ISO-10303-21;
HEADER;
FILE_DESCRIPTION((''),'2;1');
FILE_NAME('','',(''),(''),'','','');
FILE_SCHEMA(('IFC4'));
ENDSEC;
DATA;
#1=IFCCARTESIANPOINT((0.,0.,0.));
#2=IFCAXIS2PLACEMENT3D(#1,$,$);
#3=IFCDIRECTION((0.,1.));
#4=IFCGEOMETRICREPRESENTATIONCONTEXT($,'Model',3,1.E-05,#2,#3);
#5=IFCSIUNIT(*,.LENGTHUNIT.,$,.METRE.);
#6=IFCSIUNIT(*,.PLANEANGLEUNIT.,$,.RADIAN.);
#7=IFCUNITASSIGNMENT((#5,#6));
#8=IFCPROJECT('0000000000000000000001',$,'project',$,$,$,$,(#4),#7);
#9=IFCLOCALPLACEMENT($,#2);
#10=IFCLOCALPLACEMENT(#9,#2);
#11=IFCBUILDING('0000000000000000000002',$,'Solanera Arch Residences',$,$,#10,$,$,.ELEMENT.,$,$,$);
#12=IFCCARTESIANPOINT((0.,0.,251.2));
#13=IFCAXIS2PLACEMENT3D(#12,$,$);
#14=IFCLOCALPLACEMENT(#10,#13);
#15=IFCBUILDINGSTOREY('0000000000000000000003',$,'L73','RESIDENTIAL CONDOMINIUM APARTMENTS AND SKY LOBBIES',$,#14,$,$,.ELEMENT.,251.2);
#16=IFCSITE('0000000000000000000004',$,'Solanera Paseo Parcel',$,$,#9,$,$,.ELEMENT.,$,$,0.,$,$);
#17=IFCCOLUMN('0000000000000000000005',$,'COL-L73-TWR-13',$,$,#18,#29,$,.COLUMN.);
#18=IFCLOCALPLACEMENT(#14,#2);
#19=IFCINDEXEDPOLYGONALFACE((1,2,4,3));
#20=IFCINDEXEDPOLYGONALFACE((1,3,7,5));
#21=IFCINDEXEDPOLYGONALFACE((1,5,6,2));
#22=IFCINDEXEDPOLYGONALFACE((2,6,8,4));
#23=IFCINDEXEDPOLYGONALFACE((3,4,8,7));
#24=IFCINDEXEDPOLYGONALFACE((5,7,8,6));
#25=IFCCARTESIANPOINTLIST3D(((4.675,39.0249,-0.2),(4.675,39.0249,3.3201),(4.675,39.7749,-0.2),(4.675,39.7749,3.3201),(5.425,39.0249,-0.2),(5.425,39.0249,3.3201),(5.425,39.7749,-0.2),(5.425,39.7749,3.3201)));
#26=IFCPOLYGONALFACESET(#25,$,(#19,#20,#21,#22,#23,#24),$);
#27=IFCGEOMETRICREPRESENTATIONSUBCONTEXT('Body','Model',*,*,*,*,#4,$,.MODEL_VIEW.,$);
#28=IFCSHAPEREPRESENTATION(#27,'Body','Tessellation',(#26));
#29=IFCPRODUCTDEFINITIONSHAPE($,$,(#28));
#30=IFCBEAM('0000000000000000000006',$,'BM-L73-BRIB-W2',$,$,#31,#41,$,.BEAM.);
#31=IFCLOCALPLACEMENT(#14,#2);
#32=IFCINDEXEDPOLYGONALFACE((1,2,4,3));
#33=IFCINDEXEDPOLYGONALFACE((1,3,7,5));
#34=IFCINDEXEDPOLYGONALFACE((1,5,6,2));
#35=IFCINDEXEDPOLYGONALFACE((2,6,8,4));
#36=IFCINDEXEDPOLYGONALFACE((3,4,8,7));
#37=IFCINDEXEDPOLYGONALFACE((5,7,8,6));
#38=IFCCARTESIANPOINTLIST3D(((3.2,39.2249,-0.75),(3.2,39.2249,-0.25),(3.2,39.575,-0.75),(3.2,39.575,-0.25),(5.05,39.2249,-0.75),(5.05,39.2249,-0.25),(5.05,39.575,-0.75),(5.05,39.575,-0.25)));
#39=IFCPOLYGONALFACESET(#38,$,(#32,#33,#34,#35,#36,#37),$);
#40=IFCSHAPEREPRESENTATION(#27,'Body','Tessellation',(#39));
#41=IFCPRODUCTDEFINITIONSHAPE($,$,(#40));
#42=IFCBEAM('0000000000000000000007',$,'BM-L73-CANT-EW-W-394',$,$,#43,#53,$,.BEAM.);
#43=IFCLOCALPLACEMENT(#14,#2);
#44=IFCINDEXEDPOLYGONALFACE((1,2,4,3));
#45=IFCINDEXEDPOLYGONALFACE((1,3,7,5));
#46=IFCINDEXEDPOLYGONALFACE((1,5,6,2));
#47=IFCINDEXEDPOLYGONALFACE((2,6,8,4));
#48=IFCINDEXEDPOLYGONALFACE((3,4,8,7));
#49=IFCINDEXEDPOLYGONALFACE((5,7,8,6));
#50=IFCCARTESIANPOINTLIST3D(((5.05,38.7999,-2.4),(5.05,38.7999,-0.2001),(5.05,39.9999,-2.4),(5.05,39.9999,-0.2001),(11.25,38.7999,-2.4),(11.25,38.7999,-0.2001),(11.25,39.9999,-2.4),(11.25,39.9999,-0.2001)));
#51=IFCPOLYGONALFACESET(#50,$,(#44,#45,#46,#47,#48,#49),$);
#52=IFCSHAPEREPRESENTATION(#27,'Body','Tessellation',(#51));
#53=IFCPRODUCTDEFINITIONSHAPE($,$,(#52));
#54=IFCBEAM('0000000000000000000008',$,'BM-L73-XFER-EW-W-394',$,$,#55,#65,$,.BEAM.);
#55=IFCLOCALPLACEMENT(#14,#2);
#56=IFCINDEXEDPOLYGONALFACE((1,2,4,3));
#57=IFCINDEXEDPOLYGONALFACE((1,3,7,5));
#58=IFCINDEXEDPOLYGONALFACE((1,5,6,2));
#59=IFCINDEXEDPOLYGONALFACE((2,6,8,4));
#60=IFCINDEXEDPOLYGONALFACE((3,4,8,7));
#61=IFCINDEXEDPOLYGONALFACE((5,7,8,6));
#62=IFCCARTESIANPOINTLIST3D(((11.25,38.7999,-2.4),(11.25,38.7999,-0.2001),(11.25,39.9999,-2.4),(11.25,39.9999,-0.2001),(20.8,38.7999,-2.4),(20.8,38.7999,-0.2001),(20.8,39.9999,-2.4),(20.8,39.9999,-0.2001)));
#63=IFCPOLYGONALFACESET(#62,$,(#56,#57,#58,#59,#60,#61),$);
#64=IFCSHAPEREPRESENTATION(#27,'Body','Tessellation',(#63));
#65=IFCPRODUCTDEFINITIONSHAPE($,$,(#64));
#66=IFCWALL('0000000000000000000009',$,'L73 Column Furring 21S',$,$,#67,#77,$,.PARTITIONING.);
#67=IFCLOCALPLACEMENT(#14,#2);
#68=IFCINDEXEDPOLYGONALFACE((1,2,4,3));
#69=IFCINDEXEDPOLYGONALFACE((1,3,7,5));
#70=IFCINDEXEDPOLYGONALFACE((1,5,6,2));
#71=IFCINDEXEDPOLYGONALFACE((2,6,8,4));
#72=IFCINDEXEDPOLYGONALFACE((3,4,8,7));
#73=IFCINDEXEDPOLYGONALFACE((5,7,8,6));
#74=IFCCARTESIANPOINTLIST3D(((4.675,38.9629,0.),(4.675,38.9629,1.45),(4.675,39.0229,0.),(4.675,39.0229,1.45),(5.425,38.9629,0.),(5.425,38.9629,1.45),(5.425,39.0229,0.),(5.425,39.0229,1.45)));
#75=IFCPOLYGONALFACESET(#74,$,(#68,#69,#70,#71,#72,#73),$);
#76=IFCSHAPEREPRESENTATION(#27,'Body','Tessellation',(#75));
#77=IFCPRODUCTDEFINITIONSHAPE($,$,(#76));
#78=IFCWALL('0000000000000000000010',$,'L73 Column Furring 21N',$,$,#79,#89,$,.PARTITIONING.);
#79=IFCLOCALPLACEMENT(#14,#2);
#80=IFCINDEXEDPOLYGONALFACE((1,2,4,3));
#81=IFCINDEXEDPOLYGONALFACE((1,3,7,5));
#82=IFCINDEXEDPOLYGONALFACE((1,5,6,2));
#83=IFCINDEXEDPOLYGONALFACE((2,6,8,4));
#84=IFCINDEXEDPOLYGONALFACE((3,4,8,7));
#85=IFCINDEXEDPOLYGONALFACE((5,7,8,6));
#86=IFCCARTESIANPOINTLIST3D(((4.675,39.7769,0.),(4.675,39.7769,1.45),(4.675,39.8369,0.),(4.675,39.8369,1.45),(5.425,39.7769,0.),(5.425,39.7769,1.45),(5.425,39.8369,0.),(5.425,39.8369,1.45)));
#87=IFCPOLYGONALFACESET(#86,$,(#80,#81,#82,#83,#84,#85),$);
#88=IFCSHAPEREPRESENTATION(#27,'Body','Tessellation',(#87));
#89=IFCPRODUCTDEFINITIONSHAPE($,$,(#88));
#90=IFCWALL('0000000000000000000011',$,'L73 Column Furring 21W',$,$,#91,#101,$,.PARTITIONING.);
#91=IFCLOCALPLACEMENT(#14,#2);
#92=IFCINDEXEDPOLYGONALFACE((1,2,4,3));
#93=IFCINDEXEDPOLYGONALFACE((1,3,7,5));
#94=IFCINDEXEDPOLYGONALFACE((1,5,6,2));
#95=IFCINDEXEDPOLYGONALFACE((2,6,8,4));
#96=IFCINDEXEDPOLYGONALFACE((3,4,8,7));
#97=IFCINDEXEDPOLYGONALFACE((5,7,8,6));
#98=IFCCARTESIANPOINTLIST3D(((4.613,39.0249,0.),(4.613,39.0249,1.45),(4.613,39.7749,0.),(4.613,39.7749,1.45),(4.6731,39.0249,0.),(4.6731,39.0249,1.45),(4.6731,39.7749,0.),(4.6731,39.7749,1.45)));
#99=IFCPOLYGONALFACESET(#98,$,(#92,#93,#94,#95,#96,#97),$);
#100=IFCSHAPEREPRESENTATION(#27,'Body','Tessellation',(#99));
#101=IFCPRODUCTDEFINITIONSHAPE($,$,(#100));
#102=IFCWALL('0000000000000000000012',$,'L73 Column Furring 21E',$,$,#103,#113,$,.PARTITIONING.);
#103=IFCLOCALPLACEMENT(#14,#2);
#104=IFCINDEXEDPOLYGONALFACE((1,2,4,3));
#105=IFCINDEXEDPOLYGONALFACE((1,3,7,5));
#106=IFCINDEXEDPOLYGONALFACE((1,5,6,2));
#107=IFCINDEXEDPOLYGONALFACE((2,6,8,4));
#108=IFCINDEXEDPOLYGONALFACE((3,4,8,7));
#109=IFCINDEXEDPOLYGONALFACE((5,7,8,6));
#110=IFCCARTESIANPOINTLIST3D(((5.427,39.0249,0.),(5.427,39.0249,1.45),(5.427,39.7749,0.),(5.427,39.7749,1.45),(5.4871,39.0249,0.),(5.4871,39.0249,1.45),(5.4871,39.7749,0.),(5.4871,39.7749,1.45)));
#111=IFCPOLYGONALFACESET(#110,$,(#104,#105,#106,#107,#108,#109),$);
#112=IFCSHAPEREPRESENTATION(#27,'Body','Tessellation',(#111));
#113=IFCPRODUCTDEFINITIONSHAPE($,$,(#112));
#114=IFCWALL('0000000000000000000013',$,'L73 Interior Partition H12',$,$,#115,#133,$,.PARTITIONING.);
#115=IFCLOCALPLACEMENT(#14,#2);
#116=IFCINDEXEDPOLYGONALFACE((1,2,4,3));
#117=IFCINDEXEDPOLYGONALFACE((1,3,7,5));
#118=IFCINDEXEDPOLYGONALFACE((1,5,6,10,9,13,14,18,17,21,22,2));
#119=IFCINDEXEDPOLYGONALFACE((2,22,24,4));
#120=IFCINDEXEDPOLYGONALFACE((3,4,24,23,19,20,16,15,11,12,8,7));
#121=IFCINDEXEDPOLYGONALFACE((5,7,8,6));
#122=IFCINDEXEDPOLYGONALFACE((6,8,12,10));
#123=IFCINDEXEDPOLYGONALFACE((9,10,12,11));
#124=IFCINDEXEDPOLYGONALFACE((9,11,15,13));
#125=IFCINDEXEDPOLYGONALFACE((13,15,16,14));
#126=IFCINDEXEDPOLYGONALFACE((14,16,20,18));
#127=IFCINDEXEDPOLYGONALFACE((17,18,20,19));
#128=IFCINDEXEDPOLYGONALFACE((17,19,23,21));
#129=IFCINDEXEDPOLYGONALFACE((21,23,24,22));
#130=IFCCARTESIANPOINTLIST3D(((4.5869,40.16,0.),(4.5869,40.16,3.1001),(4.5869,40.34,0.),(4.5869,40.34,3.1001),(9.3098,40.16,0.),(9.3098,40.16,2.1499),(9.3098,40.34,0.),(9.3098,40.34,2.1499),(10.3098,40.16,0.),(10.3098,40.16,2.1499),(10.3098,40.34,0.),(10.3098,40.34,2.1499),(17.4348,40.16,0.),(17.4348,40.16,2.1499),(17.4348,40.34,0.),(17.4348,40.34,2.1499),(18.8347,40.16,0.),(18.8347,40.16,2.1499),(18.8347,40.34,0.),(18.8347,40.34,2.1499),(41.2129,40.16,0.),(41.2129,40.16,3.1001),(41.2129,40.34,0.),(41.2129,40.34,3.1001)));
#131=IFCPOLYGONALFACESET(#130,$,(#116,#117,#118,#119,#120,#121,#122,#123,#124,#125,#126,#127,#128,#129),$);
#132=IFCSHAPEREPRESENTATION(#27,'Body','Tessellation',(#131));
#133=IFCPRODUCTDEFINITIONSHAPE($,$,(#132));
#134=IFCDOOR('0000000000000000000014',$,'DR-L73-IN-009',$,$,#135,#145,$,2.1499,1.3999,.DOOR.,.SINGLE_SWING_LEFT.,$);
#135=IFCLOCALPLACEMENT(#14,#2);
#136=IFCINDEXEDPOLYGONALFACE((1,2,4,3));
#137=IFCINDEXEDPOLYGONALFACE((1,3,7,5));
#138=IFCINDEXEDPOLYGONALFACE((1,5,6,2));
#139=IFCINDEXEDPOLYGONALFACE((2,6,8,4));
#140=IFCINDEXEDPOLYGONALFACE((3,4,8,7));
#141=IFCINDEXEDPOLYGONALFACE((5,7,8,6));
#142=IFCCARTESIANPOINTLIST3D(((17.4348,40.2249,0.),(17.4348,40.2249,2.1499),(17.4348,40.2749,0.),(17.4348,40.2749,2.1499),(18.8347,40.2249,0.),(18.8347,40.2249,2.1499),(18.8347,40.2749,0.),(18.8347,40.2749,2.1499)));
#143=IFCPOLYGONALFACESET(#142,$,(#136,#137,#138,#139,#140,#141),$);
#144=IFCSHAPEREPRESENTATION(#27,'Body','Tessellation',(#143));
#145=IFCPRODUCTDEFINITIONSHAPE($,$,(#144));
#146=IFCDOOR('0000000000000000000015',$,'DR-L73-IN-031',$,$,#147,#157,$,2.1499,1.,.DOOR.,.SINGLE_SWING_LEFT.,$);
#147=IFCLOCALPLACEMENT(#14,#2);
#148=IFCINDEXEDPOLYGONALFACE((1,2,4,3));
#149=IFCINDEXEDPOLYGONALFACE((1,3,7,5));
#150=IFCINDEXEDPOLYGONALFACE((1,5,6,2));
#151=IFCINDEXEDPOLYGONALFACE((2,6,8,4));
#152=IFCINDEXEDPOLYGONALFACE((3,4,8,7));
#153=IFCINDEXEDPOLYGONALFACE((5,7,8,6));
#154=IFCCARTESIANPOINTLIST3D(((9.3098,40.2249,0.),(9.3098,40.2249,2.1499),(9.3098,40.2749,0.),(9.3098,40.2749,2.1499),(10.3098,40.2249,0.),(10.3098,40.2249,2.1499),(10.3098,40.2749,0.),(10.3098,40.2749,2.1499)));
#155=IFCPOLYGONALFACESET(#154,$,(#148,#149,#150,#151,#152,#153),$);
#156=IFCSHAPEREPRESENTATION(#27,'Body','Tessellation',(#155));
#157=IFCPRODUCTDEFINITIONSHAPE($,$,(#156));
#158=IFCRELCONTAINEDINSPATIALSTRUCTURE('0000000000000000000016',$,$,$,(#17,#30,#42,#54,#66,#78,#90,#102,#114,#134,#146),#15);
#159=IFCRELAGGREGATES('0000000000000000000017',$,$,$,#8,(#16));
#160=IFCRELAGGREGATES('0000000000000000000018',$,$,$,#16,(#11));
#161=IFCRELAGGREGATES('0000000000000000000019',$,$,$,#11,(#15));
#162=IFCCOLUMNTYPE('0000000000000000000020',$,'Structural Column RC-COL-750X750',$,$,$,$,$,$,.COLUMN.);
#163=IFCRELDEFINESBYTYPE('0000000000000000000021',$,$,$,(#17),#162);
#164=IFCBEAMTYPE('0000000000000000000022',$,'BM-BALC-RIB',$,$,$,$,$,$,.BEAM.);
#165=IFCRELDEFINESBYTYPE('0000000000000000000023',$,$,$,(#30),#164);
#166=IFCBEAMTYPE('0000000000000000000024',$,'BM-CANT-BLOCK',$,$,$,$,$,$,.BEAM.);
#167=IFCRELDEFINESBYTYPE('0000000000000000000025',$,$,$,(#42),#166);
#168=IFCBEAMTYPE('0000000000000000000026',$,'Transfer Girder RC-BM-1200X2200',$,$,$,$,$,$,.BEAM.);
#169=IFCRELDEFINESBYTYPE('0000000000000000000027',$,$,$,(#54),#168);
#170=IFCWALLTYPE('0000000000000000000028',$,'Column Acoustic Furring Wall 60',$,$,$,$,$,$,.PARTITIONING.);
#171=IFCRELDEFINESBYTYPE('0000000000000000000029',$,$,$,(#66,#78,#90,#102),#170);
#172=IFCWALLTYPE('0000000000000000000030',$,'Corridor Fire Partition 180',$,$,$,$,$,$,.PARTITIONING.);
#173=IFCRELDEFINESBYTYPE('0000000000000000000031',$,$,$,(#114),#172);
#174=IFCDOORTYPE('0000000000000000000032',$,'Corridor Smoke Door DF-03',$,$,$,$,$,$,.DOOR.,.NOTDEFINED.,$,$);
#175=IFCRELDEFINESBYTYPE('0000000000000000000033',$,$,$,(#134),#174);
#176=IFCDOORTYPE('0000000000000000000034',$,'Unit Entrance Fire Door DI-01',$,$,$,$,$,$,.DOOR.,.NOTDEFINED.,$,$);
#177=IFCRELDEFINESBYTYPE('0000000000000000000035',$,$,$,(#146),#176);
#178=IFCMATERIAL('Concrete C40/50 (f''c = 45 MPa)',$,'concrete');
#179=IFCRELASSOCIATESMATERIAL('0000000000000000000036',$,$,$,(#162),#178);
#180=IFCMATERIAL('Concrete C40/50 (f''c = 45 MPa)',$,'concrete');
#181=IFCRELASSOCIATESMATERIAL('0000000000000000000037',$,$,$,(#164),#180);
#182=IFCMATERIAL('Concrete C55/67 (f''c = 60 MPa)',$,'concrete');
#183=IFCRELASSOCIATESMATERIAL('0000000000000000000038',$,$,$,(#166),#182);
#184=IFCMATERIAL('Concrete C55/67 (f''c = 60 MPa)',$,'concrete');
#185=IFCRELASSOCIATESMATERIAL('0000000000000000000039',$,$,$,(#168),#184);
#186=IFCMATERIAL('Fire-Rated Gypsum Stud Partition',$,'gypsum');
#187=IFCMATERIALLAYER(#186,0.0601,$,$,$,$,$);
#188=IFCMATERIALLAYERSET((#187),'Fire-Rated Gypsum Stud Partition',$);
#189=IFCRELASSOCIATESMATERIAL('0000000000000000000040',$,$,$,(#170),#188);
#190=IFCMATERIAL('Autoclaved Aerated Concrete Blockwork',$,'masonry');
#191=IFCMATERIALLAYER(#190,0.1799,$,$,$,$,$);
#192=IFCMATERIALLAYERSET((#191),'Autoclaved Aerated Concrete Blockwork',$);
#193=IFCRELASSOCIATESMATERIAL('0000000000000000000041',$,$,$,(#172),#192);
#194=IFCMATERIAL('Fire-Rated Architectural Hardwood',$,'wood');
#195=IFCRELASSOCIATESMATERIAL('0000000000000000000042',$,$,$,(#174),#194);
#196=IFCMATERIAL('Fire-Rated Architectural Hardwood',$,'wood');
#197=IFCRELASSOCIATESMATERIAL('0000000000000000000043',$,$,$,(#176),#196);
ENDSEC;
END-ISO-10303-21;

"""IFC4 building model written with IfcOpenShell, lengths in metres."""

from ifc_helpers import new_model, si_unit, direction, frame, frame_2d, origin, origin_2d, place, context, subcontext, project, spatial, rectangle, extrude, material, layer, layer_set, material_profile, profile_set, type_object, element, fill, save


model = new_model("IFC4")

# Units and contexts
model_context = context("Model", 3, precision=1e-05, world=origin(), true_north=direction((0.0, 1.0)))
body_context = subcontext(model_context, "Body", "Model", "MODEL_VIEW")
ifc_project = project(units=[si_unit("LENGTHUNIT", "METRE"), si_unit("PLANEANGLEUNIT", "RADIAN")], contexts=[model_context])

# Site, building, storey
site_placement = place(None, origin())
site = spatial("IfcSite", under=ifc_project, at=site_placement, Name="Solanera Paseo Parcel", CompositionType="ELEMENT", RefElevation=0.0)
building_placement = place(site_placement, origin())
building = spatial("IfcBuilding", under=site, at=building_placement, Name="Solanera Arch Residences", CompositionType="ELEMENT")
storey_placement = place(building_placement, frame((0.0, 0.0, 251.2)))
storey = spatial("IfcBuildingStorey", under=building, at=storey_placement, Name="L73", Description="RESIDENTIAL CONDOMINIUM APARTMENTS AND SKY LOBBIES", CompositionType="ELEMENT", Elevation=251.2)

# Column
ifc_material_1 = material(Name="Concrete C40/50 (f'c = 45 MPa)", Category="concrete")
ifc_material_profile_1 = material_profile(ifc_material_1, rectangle(XDim=0.75, YDim=0.75, at=origin_2d()))
ifc_profile_set_1 = profile_set([ifc_material_profile_1], Name="Concrete C40/50 (f'c = 45 MPa)")
column_type = type_object("IfcColumnType", Name="Structural Column RC-COL-750X750", PredefinedType="COLUMN", material=ifc_profile_set_1)
column_placement = place(storey_placement, frame((5.05, 39.3999, -0.2), z_axis=(0.0, 0.0, 1.0), x_axis=(1.0, 0.0, 0.0)))
element("IfcColumn", 1, at=column_placement, inside=storey, type_object=column_type, Name="COL-L73-TWR-13", PredefinedType="COLUMN", context=body_context, shape_type="SweptSolid", body=[
    extrude(rectangle(XDim=0.75, YDim=0.75, at=origin_2d()), origin(), (0.0, 0.0, 1.0), 3.52),
])

# Beams
ifc_material_2 = material(Name="Concrete C40/50 (f'c = 45 MPa)", Category="concrete")
ifc_material_profile_2 = material_profile(ifc_material_2, rectangle(XDim=0.3501, YDim=0.5, at=origin_2d()))
ifc_profile_set_2 = profile_set([ifc_material_profile_2], Name="Concrete C40/50 (f'c = 45 MPa)")
beam_type_1 = type_object("IfcBeamType", Name="BM-BALC-RIB", PredefinedType="BEAM", material=ifc_profile_set_2)
beam_1_placement = place(storey_placement, frame((3.2, 39.3999, -0.5), z_axis=(1.0, 0.0, 0.0), x_axis=(0.0, 1.0, 0.0)))
element("IfcBeam", 2, at=beam_1_placement, inside=storey, type_object=beam_type_1, Name="BM-L73-BRIB-W2", PredefinedType="BEAM", context=body_context, shape_type="SweptSolid", body=[
    extrude(rectangle(XDim=0.3501, YDim=0.5, at=origin_2d()), origin(), (0.0, 0.0, 1.0), 1.8501),
])
ifc_material_3 = material(Name="Concrete C55/67 (f'c = 60 MPa)", Category="concrete")
ifc_material_profile_3 = material_profile(ifc_material_3, rectangle(XDim=1.2, YDim=2.2, at=origin_2d()))
ifc_profile_set_3 = profile_set([ifc_material_profile_3], Name="Concrete C55/67 (f'c = 60 MPa)")
beam_type_2 = type_object("IfcBeamType", Name="BM-CANT-BLOCK", PredefinedType="BEAM", material=ifc_profile_set_3)
beam_2_placement = place(storey_placement, frame((5.05, 39.3999, -1.3), z_axis=(1.0, 0.0, 0.0), x_axis=(0.0, 1.0, 0.0)))
element("IfcBeam", 3, at=beam_2_placement, inside=storey, type_object=beam_type_2, Name="BM-L73-CANT-EW-W-394", PredefinedType="BEAM", context=body_context, shape_type="SweptSolid", body=[
    extrude(rectangle(XDim=1.2, YDim=2.2, at=origin_2d()), origin(), (0.0, 0.0, 1.0), 6.2),
])
ifc_material_4 = material(Name="Concrete C55/67 (f'c = 60 MPa)", Category="concrete")
ifc_material_profile_4 = material_profile(ifc_material_4, rectangle(XDim=1.2, YDim=2.2, at=origin_2d()))
ifc_profile_set_4 = profile_set([ifc_material_profile_4], Name="Concrete C55/67 (f'c = 60 MPa)")
beam_type_3 = type_object("IfcBeamType", Name="Transfer Girder RC-BM-1200X2200", PredefinedType="BEAM", material=ifc_profile_set_4)
beam_3_placement = place(storey_placement, frame((11.25, 39.3999, -1.3), z_axis=(1.0, 0.0, 0.0), x_axis=(0.0, 1.0, 0.0)))
element("IfcBeam", 4, at=beam_3_placement, inside=storey, type_object=beam_type_3, Name="BM-L73-XFER-EW-W-394", PredefinedType="BEAM", context=body_context, shape_type="SweptSolid", body=[
    extrude(rectangle(XDim=1.2, YDim=2.2, at=origin_2d()), origin(), (0.0, 0.0, 1.0), 9.55),
])

# Walls
ifc_material_5 = material(Name="Fire-Rated Gypsum Stud Partition", Category="gypsum")
ifc_layer_1 = layer(ifc_material_5, 0.0601)
ifc_layer_set_1 = layer_set([ifc_layer_1], Name="Fire-Rated Gypsum Stud Partition")
wall_type_1 = type_object("IfcWallType", Name="Column Acoustic Furring Wall 60", PredefinedType="PARTITIONING", material=ifc_layer_set_1)
for number, where, z_axis, x_axis, name in (
    (5, (4.675, 38.9929, 0.0), (0.0, 0.0, 1.0), (1.0, 0.0, 0.0), "L73 Column Furring 21S"),
    (6, (4.675, 39.8069, 0.0), (0.0, 0.0, 1.0), (1.0, 0.0, 0.0), "L73 Column Furring 21N"),
    (7, (4.6431, 39.0249, 0.0), (0.0, 0.0, 1.0), (0.0, 1.0, 0.0), "L73 Column Furring 21W"),
    (8, (5.457, 39.0249, 0.0), (0.0, 0.0, 1.0), (0.0, 1.0, 0.0), "L73 Column Furring 21E"),
):
    element("IfcWall", number, at=place(storey_placement, frame(where, z_axis=z_axis, x_axis=x_axis)), inside=storey, type_object=wall_type_1, Name=name, PredefinedType="PARTITIONING", context=body_context, shape_type="SweptSolid", body=[
        extrude(rectangle(XDim=0.75, YDim=0.0601, at=frame_2d((0.375, 0.0))), origin(), (0.0, 0.0, 1.0), 1.45),
    ])

# Wall, openings, doors
ifc_material_6 = material(Name="Autoclaved Aerated Concrete Blockwork", Category="masonry")
ifc_layer_2 = layer(ifc_material_6, 0.1799)
ifc_layer_set_2 = layer_set([ifc_layer_2], Name="Autoclaved Aerated Concrete Blockwork")
wall_type_2 = type_object("IfcWallType", Name="Corridor Fire Partition 180", PredefinedType="PARTITIONING", material=ifc_layer_set_2)
wall_placement = place(storey_placement, frame((4.5869, 40.25, 0.0), z_axis=(0.0, 0.0, 1.0), x_axis=(1.0, 0.0, 0.0)))
wall = element("IfcWall", 9, at=wall_placement, inside=storey, type_object=wall_type_2, Name="L73 Interior Partition H12", PredefinedType="PARTITIONING", context=body_context, shape_type="SweptSolid", body=[
    extrude(rectangle(XDim=36.626, YDim=0.1799, at=frame_2d((18.313, 0.0))), origin(), (0.0, 0.0, 1.0), 3.1001),
])
opening_1_placement = place(wall_placement, frame((12.8479, 0.0, 0.0)))
opening_1 = element("IfcOpeningElement", 10, at=opening_1_placement, cuts=wall, PredefinedType="OPENING", context=body_context, shape_type="SweptSolid", body=[
    extrude(rectangle(XDim=1.3999, YDim=2.1499, at=frame_2d((0.7, 1.075))), frame((0.0, 0.1001, 0.0), z_axis=(0.0, -1.0, 0.0), x_axis=(1.0, 0.0, 0.0)), (0.0, 0.0, 1.0), 0.1999),
])
opening_2_placement = place(wall_placement, frame((4.7229, 0.0, 0.0)))
opening_2 = element("IfcOpeningElement", 11, at=opening_2_placement, cuts=wall, PredefinedType="OPENING", context=body_context, shape_type="SweptSolid", body=[
    extrude(rectangle(XDim=1.0, YDim=2.1499, at=frame_2d((0.5, 1.075))), frame((0.0, 0.1001, 0.0), z_axis=(0.0, -1.0, 0.0), x_axis=(1.0, 0.0, 0.0)), (0.0, 0.0, 1.0), 0.1999),
])
ifc_material_7 = material(Name="Fire-Rated Architectural Hardwood", Category="wood")
door_type_1 = type_object("IfcDoorType", Name="Corridor Smoke Door DF-03", OperationType="NOTDEFINED", PredefinedType="DOOR", material=ifc_material_7)
door_1_placement = place(opening_1_placement, origin())
door_1 = element("IfcDoor", 12, at=door_1_placement, inside=storey, type_object=door_type_1, Name="DR-L73-IN-009", OperationType="SINGLE_SWING_LEFT", OverallHeight=2.1499, OverallWidth=1.3999, PredefinedType="DOOR", context=body_context, shape_type="SweptSolid", body=[
    extrude(rectangle(XDim=1.3999, YDim=2.1499, at=frame_2d((0.7, 1.075))), frame((0.0, 0.0249, 0.0), z_axis=(0.0, -1.0, 0.0), x_axis=(1.0, 0.0, 0.0)), (0.0, 0.0, 1.0), 0.05),
])
fill(opening_1, door_1)
ifc_material_8 = material(Name="Fire-Rated Architectural Hardwood", Category="wood")
door_type_2 = type_object("IfcDoorType", Name="Unit Entrance Fire Door DI-01", OperationType="NOTDEFINED", PredefinedType="DOOR", material=ifc_material_8)
door_2_placement = place(opening_2_placement, origin())
door_2 = element("IfcDoor", 13, at=door_2_placement, inside=storey, type_object=door_type_2, Name="DR-L73-IN-031", OperationType="SINGLE_SWING_LEFT", OverallHeight=2.1499, OverallWidth=1.0, PredefinedType="DOOR", context=body_context, shape_type="SweptSolid", body=[
    extrude(rectangle(XDim=1.0, YDim=2.1499, at=frame_2d((0.5, 1.075))), frame((0.0, 0.0249, 0.0), z_axis=(0.0, -1.0, 0.0), x_axis=(1.0, 0.0, 0.0)), (0.0, 0.0, 1.0), 0.05),
])
fill(opening_2, door_2)

save(model, "model.ifc")
